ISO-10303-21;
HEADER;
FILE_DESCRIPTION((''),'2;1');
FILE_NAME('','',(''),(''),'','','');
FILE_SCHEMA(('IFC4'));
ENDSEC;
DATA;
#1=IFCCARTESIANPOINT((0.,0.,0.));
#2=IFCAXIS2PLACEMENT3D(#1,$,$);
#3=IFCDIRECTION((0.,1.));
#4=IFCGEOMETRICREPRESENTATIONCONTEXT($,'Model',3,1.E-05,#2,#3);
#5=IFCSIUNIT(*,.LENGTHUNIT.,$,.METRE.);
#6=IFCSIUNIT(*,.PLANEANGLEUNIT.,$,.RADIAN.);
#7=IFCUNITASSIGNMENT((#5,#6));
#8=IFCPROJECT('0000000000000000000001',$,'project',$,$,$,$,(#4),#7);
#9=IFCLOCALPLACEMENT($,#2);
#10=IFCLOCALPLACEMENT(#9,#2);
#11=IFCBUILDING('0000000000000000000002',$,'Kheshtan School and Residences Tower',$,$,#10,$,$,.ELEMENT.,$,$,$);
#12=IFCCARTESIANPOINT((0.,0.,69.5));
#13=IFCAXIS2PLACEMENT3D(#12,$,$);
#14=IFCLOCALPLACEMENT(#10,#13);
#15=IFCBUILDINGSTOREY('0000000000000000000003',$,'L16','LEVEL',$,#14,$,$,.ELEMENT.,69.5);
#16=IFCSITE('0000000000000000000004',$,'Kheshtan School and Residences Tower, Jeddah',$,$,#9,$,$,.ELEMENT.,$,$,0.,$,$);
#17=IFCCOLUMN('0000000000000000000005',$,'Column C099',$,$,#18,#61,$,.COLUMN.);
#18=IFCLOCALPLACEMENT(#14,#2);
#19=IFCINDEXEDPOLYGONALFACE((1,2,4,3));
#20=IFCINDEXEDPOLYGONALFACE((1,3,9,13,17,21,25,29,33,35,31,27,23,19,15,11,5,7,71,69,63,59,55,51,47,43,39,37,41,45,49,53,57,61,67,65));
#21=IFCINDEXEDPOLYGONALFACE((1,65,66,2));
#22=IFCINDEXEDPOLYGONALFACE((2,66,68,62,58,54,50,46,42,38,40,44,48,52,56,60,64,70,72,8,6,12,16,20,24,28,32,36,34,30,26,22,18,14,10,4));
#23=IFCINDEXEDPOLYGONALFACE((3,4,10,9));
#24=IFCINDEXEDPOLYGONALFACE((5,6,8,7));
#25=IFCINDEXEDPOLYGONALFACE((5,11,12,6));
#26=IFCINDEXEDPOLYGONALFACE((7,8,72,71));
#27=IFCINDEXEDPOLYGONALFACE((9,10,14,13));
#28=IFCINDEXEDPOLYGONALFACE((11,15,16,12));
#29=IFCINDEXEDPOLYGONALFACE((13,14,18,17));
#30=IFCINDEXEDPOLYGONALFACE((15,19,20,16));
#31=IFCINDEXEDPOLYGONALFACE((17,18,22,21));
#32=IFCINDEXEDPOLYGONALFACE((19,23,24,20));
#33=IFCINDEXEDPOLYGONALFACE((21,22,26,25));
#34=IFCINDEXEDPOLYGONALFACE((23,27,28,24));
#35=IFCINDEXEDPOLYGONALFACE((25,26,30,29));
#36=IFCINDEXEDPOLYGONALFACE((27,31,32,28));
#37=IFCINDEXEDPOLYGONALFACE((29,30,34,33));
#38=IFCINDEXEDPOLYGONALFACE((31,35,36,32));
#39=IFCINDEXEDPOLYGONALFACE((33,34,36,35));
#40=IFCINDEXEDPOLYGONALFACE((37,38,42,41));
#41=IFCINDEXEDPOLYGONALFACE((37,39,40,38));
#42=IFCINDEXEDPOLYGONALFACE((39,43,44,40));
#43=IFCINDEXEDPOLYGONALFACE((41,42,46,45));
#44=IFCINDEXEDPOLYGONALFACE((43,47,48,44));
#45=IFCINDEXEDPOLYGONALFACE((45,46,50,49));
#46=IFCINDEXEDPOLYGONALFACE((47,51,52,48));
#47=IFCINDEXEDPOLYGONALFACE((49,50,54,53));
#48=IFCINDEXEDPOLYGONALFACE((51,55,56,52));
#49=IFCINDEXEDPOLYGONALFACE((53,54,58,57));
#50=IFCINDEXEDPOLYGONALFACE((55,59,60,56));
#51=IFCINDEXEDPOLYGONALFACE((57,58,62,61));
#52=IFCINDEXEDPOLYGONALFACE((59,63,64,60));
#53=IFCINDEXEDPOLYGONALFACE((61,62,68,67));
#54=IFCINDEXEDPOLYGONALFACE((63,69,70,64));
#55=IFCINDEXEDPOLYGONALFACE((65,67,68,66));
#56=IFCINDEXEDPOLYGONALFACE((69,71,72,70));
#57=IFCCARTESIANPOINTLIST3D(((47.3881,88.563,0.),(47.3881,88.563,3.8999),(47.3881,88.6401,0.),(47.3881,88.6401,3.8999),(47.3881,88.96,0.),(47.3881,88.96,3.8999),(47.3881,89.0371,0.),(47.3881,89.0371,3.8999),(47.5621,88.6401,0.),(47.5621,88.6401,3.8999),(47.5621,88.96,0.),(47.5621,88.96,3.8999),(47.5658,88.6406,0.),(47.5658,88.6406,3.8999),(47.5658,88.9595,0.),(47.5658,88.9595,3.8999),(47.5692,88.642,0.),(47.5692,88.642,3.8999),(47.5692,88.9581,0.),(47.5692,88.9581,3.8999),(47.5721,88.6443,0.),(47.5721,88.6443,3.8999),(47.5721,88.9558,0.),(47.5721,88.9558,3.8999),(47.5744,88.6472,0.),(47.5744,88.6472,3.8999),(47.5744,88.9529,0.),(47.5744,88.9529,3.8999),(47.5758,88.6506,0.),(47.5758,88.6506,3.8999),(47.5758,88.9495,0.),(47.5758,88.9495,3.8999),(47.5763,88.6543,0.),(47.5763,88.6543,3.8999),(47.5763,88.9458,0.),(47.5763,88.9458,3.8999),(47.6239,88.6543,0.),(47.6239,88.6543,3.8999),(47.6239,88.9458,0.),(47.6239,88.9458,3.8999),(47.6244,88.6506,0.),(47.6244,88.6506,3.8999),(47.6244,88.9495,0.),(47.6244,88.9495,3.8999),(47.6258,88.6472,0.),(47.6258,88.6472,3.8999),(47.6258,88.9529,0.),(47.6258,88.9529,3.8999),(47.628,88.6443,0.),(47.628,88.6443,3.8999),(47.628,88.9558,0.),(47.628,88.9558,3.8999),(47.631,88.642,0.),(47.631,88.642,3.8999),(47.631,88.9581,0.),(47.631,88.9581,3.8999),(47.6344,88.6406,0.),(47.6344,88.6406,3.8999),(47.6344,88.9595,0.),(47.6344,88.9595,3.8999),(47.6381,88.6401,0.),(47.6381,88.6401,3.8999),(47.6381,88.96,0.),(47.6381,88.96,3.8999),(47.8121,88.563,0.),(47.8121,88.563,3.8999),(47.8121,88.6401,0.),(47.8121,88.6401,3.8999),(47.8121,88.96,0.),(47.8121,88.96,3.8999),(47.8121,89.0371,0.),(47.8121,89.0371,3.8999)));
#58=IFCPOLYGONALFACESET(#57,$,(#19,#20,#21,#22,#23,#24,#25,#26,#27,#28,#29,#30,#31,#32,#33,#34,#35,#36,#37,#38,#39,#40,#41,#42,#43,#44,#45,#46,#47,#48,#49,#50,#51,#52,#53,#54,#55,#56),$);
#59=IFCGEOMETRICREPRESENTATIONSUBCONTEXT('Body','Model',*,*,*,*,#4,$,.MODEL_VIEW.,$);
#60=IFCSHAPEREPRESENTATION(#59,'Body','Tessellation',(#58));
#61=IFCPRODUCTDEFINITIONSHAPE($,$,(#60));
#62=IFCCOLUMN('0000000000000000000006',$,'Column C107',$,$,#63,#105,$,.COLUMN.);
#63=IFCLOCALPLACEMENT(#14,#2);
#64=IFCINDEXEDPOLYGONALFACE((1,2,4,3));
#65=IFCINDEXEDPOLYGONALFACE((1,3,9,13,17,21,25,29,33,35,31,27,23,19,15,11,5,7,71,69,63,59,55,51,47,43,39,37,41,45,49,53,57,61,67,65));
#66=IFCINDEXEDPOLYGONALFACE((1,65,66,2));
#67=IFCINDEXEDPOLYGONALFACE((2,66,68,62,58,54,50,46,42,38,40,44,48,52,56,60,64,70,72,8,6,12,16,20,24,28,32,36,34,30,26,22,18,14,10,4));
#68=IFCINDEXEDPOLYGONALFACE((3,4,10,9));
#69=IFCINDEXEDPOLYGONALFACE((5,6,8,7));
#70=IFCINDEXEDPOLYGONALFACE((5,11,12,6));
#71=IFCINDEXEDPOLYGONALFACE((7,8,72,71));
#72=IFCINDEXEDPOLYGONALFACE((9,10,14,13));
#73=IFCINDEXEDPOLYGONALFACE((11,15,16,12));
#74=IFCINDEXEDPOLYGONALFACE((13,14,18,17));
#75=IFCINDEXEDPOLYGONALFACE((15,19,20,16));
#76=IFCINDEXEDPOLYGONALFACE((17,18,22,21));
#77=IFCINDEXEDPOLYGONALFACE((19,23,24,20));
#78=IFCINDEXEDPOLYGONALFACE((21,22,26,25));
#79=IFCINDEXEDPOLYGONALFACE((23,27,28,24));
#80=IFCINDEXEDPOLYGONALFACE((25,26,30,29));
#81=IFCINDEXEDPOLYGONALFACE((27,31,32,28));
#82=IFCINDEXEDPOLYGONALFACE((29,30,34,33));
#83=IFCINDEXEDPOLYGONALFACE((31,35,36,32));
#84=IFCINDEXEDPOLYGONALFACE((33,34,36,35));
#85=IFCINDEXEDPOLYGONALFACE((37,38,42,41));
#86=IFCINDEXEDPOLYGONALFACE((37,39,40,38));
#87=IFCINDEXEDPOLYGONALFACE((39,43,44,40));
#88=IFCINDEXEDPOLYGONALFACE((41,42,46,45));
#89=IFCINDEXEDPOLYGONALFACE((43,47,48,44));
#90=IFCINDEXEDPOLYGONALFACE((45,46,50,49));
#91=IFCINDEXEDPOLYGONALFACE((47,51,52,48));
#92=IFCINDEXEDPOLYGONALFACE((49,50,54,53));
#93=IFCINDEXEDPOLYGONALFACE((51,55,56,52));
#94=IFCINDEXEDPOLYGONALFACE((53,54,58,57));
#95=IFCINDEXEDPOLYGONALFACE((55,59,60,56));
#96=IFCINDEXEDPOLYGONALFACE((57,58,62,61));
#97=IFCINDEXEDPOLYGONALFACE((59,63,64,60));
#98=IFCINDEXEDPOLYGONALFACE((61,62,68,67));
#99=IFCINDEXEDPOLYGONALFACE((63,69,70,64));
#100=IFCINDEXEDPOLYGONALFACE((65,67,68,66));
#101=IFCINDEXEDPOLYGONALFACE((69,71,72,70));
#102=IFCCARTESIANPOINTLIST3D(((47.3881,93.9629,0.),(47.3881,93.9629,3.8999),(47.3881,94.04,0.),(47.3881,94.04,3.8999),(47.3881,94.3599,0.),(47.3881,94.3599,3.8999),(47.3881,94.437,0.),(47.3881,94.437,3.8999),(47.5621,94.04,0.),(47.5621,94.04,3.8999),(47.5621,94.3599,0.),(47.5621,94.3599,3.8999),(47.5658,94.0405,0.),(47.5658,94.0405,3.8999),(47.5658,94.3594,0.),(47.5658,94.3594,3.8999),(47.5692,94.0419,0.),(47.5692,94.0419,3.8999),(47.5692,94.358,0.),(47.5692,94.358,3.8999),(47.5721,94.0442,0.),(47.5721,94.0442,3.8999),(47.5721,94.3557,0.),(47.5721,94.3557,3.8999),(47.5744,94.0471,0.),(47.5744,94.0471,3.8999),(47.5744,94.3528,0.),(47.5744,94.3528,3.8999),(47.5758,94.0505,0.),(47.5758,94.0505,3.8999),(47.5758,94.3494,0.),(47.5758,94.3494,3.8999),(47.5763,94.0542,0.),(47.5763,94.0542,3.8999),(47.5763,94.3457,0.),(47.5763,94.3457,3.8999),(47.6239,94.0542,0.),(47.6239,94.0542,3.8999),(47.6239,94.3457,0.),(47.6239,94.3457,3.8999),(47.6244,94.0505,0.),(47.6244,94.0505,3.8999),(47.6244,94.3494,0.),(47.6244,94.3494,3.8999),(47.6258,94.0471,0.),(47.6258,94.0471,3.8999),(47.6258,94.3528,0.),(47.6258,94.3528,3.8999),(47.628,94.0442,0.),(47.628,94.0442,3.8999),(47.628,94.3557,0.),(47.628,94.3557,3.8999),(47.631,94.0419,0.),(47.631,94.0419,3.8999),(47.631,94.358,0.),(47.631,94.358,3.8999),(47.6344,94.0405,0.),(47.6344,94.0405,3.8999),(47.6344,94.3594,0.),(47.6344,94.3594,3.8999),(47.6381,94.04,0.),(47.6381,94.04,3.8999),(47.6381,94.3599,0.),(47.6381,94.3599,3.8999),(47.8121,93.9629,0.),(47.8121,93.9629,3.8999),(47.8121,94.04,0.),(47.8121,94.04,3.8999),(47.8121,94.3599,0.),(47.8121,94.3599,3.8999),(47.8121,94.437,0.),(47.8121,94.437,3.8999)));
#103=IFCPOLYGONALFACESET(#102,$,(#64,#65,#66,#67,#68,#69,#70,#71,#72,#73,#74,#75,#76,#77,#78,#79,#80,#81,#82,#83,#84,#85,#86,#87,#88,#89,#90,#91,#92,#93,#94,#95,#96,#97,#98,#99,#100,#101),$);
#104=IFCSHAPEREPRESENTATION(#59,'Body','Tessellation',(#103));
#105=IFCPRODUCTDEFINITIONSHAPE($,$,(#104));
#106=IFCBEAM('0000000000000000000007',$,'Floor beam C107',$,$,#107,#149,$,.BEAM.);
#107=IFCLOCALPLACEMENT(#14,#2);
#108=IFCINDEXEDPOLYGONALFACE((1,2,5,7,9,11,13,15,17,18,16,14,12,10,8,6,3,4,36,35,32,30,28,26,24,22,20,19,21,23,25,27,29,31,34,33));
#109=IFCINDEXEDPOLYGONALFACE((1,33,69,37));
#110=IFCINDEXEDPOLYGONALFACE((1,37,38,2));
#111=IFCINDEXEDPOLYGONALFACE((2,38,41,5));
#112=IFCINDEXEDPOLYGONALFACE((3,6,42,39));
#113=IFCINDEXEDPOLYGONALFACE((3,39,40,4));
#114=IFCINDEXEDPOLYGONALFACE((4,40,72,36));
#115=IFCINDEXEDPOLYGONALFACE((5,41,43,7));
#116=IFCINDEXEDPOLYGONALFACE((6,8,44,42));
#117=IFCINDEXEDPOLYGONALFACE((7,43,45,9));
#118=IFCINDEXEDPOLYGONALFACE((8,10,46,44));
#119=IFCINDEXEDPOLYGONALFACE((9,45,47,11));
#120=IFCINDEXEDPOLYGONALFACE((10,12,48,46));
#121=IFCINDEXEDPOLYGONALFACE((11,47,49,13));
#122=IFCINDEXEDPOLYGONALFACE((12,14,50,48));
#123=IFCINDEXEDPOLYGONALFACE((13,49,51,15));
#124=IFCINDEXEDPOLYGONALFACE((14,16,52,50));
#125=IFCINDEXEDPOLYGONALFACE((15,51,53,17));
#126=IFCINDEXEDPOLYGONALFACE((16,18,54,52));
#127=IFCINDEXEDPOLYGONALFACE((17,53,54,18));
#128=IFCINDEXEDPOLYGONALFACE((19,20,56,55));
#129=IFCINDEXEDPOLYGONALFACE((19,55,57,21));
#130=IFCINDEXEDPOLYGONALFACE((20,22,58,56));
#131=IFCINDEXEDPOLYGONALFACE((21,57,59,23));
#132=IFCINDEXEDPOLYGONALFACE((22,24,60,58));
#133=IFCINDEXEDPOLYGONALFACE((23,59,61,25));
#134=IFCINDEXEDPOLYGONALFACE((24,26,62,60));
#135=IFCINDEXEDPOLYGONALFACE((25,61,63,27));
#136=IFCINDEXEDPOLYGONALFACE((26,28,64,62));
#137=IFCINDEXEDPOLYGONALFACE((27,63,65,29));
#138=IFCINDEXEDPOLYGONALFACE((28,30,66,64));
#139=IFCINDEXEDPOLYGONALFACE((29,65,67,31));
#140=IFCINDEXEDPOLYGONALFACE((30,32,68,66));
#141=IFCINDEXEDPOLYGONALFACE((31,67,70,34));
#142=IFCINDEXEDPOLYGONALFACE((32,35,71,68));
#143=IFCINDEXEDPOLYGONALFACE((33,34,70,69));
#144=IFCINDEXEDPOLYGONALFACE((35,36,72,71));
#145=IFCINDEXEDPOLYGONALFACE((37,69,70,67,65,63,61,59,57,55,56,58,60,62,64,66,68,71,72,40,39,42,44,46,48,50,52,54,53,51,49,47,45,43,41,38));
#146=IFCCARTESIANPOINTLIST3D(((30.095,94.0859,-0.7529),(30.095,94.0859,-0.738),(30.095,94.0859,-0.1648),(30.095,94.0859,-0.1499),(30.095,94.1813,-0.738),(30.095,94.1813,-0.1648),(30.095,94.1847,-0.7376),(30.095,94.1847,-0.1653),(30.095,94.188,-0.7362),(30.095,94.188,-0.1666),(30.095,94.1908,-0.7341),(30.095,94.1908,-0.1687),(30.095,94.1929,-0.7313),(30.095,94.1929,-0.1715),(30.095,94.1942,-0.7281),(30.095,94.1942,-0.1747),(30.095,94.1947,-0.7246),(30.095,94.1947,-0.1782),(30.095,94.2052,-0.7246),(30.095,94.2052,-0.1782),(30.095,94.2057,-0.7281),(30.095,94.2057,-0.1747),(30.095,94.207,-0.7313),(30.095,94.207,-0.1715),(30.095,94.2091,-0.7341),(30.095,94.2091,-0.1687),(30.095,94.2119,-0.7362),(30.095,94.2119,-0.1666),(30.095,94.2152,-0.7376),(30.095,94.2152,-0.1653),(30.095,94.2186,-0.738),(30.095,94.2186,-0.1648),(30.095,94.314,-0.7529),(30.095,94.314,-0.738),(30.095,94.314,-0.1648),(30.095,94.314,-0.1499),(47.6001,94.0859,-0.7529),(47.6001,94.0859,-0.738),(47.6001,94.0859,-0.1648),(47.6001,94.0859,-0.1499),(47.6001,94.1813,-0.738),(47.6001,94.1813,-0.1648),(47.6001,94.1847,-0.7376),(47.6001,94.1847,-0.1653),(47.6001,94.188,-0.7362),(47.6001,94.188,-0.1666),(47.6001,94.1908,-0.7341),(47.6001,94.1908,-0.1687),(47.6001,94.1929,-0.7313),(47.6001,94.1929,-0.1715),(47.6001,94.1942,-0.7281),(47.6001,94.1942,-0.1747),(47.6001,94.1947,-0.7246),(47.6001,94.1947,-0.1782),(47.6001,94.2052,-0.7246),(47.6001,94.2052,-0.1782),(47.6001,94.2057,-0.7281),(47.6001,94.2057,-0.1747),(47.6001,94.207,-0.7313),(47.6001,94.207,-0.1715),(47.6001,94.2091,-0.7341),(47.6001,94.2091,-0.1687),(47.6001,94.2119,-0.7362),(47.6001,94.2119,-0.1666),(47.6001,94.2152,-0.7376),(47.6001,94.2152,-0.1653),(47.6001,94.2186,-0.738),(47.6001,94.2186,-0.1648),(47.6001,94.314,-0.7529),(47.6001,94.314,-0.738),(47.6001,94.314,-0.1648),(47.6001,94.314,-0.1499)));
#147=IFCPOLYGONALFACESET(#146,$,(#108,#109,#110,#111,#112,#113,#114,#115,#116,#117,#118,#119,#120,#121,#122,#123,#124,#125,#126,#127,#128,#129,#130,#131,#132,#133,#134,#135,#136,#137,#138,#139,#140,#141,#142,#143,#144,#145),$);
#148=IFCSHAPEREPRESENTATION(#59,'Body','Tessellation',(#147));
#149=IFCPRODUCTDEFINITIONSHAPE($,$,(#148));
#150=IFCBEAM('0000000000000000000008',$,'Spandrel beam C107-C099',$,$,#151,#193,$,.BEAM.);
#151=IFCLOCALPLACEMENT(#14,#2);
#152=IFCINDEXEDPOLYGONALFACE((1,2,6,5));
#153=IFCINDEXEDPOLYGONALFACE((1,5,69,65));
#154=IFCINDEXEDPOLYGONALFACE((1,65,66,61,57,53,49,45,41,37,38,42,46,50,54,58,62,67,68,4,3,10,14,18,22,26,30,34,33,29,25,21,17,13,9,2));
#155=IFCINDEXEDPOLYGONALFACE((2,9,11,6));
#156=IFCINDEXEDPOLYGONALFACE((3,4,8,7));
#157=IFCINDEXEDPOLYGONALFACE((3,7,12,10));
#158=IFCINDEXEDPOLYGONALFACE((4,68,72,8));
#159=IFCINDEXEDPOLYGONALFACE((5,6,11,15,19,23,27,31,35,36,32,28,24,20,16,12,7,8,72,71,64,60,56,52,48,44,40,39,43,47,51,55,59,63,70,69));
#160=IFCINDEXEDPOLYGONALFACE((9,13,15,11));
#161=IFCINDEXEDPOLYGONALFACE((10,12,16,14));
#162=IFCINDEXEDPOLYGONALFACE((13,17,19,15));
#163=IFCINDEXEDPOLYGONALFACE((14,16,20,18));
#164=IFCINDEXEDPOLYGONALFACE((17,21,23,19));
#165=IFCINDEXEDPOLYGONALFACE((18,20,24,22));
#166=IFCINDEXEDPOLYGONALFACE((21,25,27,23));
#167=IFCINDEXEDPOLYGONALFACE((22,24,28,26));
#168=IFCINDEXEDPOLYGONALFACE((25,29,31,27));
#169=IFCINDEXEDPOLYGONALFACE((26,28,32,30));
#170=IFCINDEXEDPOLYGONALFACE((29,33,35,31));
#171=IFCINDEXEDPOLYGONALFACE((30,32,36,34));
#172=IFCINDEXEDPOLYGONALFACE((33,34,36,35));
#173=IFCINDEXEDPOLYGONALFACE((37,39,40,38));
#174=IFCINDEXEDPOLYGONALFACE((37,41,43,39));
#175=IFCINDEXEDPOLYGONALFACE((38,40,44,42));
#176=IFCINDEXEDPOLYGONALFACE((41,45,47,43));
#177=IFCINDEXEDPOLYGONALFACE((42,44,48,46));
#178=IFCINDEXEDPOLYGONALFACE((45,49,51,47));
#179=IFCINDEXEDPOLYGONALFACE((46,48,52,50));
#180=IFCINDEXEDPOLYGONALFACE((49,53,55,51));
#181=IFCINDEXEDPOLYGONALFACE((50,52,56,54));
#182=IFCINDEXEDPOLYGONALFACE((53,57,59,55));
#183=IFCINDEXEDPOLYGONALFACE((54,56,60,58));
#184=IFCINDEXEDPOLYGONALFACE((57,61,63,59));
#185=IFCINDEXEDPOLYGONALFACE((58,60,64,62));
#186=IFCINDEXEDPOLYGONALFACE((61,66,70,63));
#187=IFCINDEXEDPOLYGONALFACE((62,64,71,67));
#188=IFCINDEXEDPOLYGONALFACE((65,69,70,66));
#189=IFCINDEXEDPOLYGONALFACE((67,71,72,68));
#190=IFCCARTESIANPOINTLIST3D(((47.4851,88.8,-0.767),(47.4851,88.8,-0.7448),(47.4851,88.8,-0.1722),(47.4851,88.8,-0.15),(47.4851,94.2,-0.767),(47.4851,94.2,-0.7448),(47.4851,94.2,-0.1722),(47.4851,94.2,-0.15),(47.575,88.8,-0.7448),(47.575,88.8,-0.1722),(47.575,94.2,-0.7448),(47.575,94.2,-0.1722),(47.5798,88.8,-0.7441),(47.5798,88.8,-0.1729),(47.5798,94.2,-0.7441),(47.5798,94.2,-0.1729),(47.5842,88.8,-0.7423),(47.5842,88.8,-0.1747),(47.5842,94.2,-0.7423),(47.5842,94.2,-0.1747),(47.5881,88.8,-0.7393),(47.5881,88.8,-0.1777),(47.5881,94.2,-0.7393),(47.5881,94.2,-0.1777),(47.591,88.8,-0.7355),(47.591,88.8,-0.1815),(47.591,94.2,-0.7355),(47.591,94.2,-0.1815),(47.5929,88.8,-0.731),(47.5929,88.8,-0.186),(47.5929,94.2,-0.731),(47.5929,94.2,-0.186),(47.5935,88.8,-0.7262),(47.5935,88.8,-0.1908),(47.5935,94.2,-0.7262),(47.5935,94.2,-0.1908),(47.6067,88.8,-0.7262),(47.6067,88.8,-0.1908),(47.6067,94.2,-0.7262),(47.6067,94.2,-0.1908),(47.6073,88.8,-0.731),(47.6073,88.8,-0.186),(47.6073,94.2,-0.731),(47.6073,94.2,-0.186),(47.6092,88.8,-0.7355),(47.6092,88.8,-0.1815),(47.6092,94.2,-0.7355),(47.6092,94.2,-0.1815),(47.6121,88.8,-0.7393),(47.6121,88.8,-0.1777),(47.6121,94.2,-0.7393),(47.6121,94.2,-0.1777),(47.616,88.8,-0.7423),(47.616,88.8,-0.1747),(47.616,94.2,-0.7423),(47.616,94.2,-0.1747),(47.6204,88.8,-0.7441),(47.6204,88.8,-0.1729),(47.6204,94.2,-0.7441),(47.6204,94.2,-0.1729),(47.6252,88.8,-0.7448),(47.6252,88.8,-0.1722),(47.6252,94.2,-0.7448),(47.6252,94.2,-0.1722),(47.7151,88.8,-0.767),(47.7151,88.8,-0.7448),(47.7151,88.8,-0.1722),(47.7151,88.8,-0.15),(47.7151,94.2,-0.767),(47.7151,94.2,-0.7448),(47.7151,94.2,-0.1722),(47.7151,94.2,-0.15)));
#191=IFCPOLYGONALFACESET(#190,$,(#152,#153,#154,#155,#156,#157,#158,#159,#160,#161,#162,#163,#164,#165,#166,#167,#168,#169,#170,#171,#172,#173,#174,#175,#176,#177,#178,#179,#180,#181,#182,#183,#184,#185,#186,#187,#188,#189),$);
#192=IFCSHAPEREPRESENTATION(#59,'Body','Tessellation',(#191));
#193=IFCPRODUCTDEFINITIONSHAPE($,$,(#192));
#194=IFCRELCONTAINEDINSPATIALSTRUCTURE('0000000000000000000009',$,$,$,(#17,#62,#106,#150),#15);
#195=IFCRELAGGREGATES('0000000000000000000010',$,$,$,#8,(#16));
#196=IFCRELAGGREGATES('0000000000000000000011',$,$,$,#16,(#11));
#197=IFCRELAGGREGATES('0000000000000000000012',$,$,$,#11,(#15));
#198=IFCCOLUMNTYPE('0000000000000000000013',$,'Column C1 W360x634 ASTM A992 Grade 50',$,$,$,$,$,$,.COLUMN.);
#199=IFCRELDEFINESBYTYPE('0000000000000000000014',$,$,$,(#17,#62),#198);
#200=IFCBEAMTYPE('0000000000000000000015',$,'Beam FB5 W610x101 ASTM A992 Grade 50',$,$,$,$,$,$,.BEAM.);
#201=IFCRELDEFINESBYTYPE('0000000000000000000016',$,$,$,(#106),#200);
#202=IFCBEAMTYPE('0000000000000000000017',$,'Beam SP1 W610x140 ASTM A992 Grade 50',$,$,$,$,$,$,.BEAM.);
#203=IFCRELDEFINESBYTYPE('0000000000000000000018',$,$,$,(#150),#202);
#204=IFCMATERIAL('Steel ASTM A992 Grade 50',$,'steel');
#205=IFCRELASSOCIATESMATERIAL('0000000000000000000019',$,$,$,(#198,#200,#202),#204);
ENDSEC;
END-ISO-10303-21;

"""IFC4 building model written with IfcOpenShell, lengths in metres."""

from ifc_helpers import new_model, si_unit, direction, frame, origin, origin_2d, place, context, subcontext, project, spatial, i_section, extrude, material, material_profile, profile_set, type_object, element, save


model = new_model("IFC4")

# Units and contexts
model_context = context("Model", 3, precision=1e-05, world=origin(), true_north=direction((0.0, 1.0)))
body_context = subcontext(model_context, "Body", "Model", "MODEL_VIEW")
ifc_project = project(units=[si_unit("LENGTHUNIT", "METRE"), si_unit("PLANEANGLEUNIT", "RADIAN")], contexts=[model_context])

# Site, building, storey
site_placement = place(None, origin())
site = spatial("IfcSite", under=ifc_project, at=site_placement, Name="Kheshtan School and Residences Tower, Jeddah", CompositionType="ELEMENT", RefElevation=0.0)
building_placement = place(site_placement, origin())
building = spatial("IfcBuilding", under=site, at=building_placement, Name="Kheshtan School and Residences Tower", CompositionType="ELEMENT")
storey_placement = place(building_placement, frame((0.0, 0.0, 69.5)))
storey = spatial("IfcBuildingStorey", under=building, at=storey_placement, Name="L16", Description="LEVEL", CompositionType="ELEMENT", Elevation=69.5)

# Columns
ifc_material_1 = material(Name="Steel ASTM A992 Grade 50", Category="steel")
ifc_material_profile_1 = material_profile(ifc_material_1, i_section(OverallWidth=0.4241, OverallDepth=0.4741, WebThickness=0.0476, FlangeThickness=0.0771, FilletRadius=0.0142, at=origin_2d()), Name="W360x634")
ifc_profile_set_1 = profile_set([ifc_material_profile_1], Name="Steel ASTM A992 Grade 50")
column_type = type_object("IfcColumnType", Name="Column C1 W360x634 ASTM A992 Grade 50", PredefinedType="COLUMN", material=ifc_profile_set_1)
for number, where, z_axis, x_axis, name in (
    (1, (47.6001, 88.8, 0.0), (0.0, 0.0, 1.0), (1.0, 0.0, 0.0), "Column C099"),
    (2, (47.6001, 94.2, 0.0), (0.0, 0.0, 1.0), (1.0, 0.0, 0.0), "Column C107"),
):
    element("IfcColumn", number, at=place(storey_placement, frame(where, z_axis=z_axis, x_axis=x_axis)), inside=storey, type_object=column_type, Name=name, PredefinedType="COLUMN", context=body_context, shape_type="SweptSolid", body=[
        extrude(i_section(OverallWidth=0.4241, OverallDepth=0.4741, WebThickness=0.0476, FlangeThickness=0.0771, FilletRadius=0.0142, at=origin_2d()), origin(), (0.0, 0.0, 1.0), 3.8999),
    ])

# Beams
ifc_material_profile_2 = material_profile(ifc_material_1, i_section(OverallWidth=0.228, OverallDepth=0.603, WebThickness=0.0105, FlangeThickness=0.0149, FilletRadius=0.0134, at=origin_2d()), Name="W610x101")
ifc_profile_set_2 = profile_set([ifc_material_profile_2], Name="Steel ASTM A992 Grade 50")
beam_type_1 = type_object("IfcBeamType", Name="Beam FB5 W610x101 ASTM A992 Grade 50", PredefinedType="BEAM", material=ifc_profile_set_2)
beam_1_placement = place(storey_placement, frame((47.6001, 94.2, -0.4514), z_axis=(-1.0, 0.0, 0.0), x_axis=(0.0, -1.0, 0.0)))
element("IfcBeam", 3, at=beam_1_placement, inside=storey, type_object=beam_type_1, Name="Floor beam C107", PredefinedType="BEAM", context=body_context, shape_type="SweptSolid", body=[
    extrude(i_section(OverallWidth=0.228, OverallDepth=0.603, WebThickness=0.0105, FlangeThickness=0.0149, FilletRadius=0.0134, at=origin_2d()), origin(), (0.0, 0.0, 1.0), 17.5051),
])
ifc_material_profile_3 = material_profile(ifc_material_1, i_section(OverallWidth=0.23, OverallDepth=0.6169, WebThickness=0.0132, FlangeThickness=0.0222, FilletRadius=0.0186, at=origin_2d()), Name="W610x140")
ifc_profile_set_3 = profile_set([ifc_material_profile_3], Name="Steel ASTM A992 Grade 50")
beam_type_2 = type_object("IfcBeamType", Name="Beam SP1 W610x140 ASTM A992 Grade 50", PredefinedType="BEAM", material=ifc_profile_set_3)
beam_2_placement = place(storey_placement, frame((47.6001, 94.2, -0.4585), z_axis=(0.0, -1.0, 0.0), x_axis=(1.0, 0.0, 0.0)))
element("IfcBeam", 4, at=beam_2_placement, inside=storey, type_object=beam_type_2, Name="Spandrel beam C107-C099", PredefinedType="BEAM", context=body_context, shape_type="SweptSolid", body=[
    extrude(i_section(OverallWidth=0.23, OverallDepth=0.6169, WebThickness=0.0132, FlangeThickness=0.0222, FilletRadius=0.0186, at=origin_2d()), origin(), (0.0, 0.0, 1.0), 5.3999),
])

save(model, "model.ifc")
